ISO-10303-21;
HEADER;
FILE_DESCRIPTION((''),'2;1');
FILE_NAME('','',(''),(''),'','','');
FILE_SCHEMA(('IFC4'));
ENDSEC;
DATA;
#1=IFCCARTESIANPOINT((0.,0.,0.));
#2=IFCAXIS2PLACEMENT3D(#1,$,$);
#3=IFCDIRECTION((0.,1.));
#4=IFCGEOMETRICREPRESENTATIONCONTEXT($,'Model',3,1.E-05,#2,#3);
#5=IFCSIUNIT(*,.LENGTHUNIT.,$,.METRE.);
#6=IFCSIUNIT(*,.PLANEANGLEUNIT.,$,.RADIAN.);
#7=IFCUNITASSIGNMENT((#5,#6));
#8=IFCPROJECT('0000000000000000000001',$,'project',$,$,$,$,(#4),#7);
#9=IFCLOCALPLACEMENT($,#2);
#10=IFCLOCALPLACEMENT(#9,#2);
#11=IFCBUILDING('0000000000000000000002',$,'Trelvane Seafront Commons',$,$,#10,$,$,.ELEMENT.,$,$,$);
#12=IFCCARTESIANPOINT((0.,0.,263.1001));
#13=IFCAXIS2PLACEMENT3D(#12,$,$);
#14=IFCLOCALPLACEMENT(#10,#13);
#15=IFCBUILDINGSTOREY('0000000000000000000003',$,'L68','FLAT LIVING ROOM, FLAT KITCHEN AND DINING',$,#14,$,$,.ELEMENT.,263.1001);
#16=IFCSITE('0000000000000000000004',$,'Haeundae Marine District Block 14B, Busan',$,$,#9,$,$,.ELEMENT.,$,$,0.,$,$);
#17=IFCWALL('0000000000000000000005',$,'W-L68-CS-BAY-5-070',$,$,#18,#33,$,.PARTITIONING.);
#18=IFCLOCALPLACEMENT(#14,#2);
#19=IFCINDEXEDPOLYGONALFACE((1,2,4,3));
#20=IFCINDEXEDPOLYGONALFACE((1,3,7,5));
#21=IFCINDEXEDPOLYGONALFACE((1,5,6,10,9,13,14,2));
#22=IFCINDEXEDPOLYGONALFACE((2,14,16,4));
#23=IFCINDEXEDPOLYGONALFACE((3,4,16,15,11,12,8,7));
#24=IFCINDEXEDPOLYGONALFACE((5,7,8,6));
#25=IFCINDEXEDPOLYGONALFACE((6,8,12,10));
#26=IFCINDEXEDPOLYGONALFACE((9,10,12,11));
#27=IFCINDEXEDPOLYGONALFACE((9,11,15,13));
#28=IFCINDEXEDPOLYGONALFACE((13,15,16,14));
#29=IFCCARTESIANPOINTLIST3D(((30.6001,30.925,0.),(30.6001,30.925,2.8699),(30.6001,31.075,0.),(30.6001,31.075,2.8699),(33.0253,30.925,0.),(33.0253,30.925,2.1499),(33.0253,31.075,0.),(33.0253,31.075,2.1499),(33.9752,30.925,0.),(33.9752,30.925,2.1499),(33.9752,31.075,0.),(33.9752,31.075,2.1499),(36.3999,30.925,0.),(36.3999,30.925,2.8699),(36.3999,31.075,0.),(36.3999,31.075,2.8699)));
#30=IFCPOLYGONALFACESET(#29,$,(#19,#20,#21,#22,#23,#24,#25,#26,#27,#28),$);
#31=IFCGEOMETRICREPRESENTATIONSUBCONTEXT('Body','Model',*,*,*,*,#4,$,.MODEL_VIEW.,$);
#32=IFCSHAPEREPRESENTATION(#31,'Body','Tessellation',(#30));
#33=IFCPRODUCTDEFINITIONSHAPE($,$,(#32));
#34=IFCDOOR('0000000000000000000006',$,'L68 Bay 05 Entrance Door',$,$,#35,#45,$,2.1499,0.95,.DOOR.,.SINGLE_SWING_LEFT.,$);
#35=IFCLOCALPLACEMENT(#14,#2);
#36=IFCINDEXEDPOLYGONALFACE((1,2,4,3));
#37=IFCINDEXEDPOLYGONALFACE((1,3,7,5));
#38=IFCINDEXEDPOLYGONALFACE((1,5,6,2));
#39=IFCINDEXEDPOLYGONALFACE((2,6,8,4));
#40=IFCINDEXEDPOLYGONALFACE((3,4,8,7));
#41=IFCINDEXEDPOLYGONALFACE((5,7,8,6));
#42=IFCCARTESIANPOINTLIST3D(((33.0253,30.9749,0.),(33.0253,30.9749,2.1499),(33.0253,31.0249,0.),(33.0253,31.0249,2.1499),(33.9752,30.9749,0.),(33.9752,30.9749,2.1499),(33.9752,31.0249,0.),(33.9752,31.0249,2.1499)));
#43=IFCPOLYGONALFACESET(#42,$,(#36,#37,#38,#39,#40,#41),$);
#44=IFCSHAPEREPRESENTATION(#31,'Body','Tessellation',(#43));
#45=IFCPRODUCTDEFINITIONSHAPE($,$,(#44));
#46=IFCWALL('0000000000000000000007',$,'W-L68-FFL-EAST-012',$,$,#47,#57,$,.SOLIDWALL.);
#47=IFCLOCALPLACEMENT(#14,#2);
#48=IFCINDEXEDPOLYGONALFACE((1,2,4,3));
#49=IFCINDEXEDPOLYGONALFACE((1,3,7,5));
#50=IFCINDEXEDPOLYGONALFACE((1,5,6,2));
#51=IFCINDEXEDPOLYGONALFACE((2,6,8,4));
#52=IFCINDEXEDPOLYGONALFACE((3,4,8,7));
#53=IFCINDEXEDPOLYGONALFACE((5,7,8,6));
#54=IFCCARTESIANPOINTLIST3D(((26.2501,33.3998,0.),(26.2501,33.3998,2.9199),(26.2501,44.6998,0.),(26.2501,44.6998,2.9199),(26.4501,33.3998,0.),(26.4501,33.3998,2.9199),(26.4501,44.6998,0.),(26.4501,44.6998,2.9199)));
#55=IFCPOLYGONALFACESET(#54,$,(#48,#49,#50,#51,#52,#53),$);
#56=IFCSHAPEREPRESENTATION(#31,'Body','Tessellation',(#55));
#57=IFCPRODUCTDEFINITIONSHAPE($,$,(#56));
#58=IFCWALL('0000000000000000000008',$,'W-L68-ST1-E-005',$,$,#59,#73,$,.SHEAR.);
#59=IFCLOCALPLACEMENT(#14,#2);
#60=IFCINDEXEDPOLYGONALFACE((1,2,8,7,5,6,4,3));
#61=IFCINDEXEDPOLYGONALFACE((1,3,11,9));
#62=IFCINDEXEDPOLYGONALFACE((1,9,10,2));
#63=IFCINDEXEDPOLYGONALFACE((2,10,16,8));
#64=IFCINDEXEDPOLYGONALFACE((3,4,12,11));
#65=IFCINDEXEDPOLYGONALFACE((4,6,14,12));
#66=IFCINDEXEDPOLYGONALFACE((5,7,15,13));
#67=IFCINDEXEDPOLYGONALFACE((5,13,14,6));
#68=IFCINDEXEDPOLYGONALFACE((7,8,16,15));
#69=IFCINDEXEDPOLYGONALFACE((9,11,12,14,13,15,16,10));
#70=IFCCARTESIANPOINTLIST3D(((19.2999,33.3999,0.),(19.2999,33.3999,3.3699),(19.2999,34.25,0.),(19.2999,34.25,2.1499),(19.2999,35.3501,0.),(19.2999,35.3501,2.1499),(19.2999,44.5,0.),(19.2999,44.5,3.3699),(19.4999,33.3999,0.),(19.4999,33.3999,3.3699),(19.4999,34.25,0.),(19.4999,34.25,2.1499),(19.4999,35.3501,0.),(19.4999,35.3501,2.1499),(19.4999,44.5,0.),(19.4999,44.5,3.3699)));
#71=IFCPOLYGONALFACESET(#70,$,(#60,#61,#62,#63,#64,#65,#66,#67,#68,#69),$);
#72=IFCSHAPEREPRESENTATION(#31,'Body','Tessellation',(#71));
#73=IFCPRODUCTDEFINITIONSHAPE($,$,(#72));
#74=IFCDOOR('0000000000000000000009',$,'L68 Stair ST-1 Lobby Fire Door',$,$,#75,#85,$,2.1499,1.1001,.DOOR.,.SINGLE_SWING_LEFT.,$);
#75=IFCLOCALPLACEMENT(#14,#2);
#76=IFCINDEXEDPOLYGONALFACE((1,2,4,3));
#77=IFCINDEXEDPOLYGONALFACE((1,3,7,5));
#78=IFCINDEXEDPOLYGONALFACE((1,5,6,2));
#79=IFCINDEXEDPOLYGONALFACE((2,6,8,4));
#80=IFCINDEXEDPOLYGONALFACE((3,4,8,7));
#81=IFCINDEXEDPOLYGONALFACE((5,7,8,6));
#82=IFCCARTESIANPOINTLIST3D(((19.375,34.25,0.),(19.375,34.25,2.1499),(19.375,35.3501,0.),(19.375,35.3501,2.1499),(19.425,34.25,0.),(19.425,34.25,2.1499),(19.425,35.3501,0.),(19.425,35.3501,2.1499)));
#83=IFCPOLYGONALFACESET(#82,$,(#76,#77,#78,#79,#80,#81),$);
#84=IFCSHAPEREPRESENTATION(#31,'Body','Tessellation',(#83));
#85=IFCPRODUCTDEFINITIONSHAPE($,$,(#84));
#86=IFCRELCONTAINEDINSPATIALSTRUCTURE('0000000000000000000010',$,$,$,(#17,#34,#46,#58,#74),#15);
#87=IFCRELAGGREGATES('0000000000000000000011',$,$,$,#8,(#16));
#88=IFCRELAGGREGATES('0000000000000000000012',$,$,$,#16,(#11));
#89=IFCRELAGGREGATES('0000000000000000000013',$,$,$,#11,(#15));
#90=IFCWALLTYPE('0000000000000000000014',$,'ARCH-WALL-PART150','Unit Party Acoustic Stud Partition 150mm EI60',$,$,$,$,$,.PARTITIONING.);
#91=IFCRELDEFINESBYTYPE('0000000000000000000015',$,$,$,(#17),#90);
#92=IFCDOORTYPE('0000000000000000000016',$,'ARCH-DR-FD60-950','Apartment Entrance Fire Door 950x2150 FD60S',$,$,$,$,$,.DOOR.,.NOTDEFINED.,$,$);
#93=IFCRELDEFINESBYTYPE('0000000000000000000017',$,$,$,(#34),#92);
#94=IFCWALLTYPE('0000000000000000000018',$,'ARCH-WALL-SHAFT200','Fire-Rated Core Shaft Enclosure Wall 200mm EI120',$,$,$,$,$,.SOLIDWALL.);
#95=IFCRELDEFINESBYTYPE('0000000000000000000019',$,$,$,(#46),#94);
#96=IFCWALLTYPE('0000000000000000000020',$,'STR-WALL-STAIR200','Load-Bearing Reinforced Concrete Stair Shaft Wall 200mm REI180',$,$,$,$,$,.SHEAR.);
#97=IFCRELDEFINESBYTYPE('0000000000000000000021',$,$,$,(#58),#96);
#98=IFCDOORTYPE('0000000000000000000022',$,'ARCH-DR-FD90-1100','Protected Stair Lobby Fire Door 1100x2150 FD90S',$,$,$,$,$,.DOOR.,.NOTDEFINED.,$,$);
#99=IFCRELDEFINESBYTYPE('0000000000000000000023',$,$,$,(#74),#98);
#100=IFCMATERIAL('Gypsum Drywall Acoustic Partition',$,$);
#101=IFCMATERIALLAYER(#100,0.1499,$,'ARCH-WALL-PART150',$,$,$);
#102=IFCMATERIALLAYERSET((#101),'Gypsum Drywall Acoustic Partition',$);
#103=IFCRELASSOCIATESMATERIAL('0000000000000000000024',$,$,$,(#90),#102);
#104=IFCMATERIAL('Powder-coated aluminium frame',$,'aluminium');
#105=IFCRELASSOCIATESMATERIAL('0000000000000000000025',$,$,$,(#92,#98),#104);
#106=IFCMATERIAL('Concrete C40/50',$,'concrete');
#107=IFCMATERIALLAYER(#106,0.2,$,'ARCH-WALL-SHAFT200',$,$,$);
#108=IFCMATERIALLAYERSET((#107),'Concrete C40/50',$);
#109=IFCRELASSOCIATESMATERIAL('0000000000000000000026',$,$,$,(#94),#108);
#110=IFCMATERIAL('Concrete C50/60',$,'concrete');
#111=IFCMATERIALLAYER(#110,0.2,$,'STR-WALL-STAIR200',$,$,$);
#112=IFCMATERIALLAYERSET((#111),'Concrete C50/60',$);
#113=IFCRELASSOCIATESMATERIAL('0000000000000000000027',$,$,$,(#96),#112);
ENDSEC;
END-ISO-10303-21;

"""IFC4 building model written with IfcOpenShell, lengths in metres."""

from ifc_helpers import new_model, si_unit, direction, frame, frame_2d, origin, place, context, subcontext, project, spatial, rectangle, extrude, source, transform, mapped, material, layer, layer_set, type_object, element, fill, save


model = new_model("IFC4")

# Units and contexts
model_context = context("Model", 3, precision=1e-05, world=origin(), true_north=direction((0.0, 1.0)))
body_context = subcontext(model_context, "Body", "Model", "MODEL_VIEW")
ifc_project = project(units=[si_unit("LENGTHUNIT", "METRE"), si_unit("PLANEANGLEUNIT", "RADIAN")], contexts=[model_context])

# Site, building, storey
site_placement = place(None, origin())
site = spatial("IfcSite", under=ifc_project, at=site_placement, Name="Haeundae Marine District Block 14B, Busan", CompositionType="ELEMENT", RefElevation=0.0)
building_placement = place(site_placement, origin())
building = spatial("IfcBuilding", under=site, at=building_placement, Name="Trelvane Seafront Commons", CompositionType="ELEMENT")
storey_placement = place(building_placement, frame((0.0, 0.0, 263.1001)))
storey = spatial("IfcBuildingStorey", under=building, at=storey_placement, Name="L68", Description="FLAT LIVING ROOM, FLAT KITCHEN AND DINING", CompositionType="ELEMENT", Elevation=263.1001)

# Shared definitions
ifc_material_1 = material(Name="Concrete C50/60", Category="concrete")

# Shared definitions
ifc_material_2 = material(Name="Concrete C40/50", Category="concrete")
ifc_material_3 = material(Name="Powder-coated aluminium frame", Category="aluminium")
shared_shape_1 = source(origin(), body_context, "Body", "SweptSolid", [
    extrude(rectangle(XDim=0.95, YDim=2.1499, at=frame_2d((0.4751, 1.075))), frame((0.0, 0.0249, 0.0), z_axis=(0.0, -1.0, 0.0), x_axis=(1.0, 0.0, 0.0)), (0.0, 0.0, 1.0), 0.05),
])
ifc_material_4 = material(Name="Gypsum Drywall Acoustic Partition")

# Wall, opening, door
ifc_layer_1 = layer(ifc_material_4, 0.1499, Name="ARCH-WALL-PART150")
ifc_layer_set_1 = layer_set([ifc_layer_1], Name="Gypsum Drywall Acoustic Partition")
wall_type_1 = type_object("IfcWallType", Name="ARCH-WALL-PART150", Description="Unit Party Acoustic Stud Partition 150mm EI60", PredefinedType="PARTITIONING", material=ifc_layer_set_1)
door_type_1 = type_object("IfcDoorType", Name="ARCH-DR-FD60-950", Description="Apartment Entrance Fire Door 950x2150 FD60S", OperationType="NOTDEFINED", PredefinedType="DOOR", material=ifc_material_3)
wall_1_placement = place(storey_placement, frame((30.6001, 31.0, 0.0), z_axis=(0.0, 0.0, 1.0), x_axis=(1.0, 0.0, 0.0)))
wall_1 = element("IfcWall", 1, at=wall_1_placement, inside=storey, type_object=wall_type_1, Name="W-L68-CS-BAY-5-070", PredefinedType="PARTITIONING", context=body_context, shape_type="SweptSolid", body=[
    extrude(rectangle(XDim=5.7998, YDim=0.1499, at=frame_2d((2.8999, 0.0))), origin(), (0.0, 0.0, 1.0), 2.8699),
])
opening_1_placement = place(wall_1_placement, frame((2.425, 0.0, 0.0)))
opening_1 = element("IfcOpeningElement", 2, at=opening_1_placement, cuts=wall_1, PredefinedType="OPENING", context=body_context, shape_type="SweptSolid", body=[
    extrude(rectangle(XDim=0.95, YDim=2.1499, at=frame_2d((0.4751, 1.075))), frame((0.0, 0.085, 0.0), z_axis=(0.0, -1.0, 0.0), x_axis=(1.0, 0.0, 0.0)), (0.0, 0.0, 1.0), 0.1699),
])
door_1_placement = place(opening_1_placement, origin())
door_1 = element("IfcDoor", 3, at=door_1_placement, inside=storey, type_object=door_type_1, Name="L68 Bay 05 Entrance Door", OperationType="SINGLE_SWING_LEFT", OverallHeight=2.1499, OverallWidth=0.95, PredefinedType="DOOR", context=body_context, shape_type="MappedRepresentation", body=[
    mapped(shared_shape_1, transform((0.0, 0.0, 0.0), x_axis=(1.0, 0.0, 0.0), y_axis=(0.0, 1.0, 0.0), z_axis=(0.0, 0.0, 1.0), scale=1.0)),
])
fill(opening_1, door_1)

# Wall
ifc_layer_2 = layer(ifc_material_2, 0.2, Name="ARCH-WALL-SHAFT200")
ifc_layer_set_2 = layer_set([ifc_layer_2], Name="Concrete C40/50")
wall_type_2 = type_object("IfcWallType", Name="ARCH-WALL-SHAFT200", Description="Fire-Rated Core Shaft Enclosure Wall 200mm EI120", PredefinedType="SOLIDWALL", material=ifc_layer_set_2)
wall_2_placement = place(storey_placement, frame((26.3501, 33.3999, 0.0), z_axis=(0.0, 0.0, 1.0), x_axis=(0.0, 1.0, 0.0)))
element("IfcWall", 4, at=wall_2_placement, inside=storey, type_object=wall_type_2, Name="W-L68-FFL-EAST-012", PredefinedType="SOLIDWALL", context=body_context, shape_type="SweptSolid", body=[
    extrude(rectangle(XDim=11.3, YDim=0.2, at=frame_2d((5.6499, 0.0))), origin(), (0.0, 0.0, 1.0), 2.9199),
])

# Wall, opening, door
ifc_layer_3 = layer(ifc_material_1, 0.2, Name="STR-WALL-STAIR200")
ifc_layer_set_3 = layer_set([ifc_layer_3], Name="Concrete C50/60")
wall_type_3 = type_object("IfcWallType", Name="STR-WALL-STAIR200", Description="Load-Bearing Reinforced Concrete Stair Shaft Wall 200mm REI180", PredefinedType="SHEAR", material=ifc_layer_set_3)
wall_3_placement = place(storey_placement, frame((19.3999, 33.3999, 0.0), z_axis=(0.0, 0.0, 1.0), x_axis=(0.0, 1.0, 0.0)))
wall_3 = element("IfcWall", 5, at=wall_3_placement, inside=storey, type_object=wall_type_3, Name="W-L68-ST1-E-005", PredefinedType="SHEAR", context=body_context, shape_type="SweptSolid", body=[
    extrude(rectangle(XDim=11.1001, YDim=0.2, at=frame_2d((5.55, 0.0))), origin(), (0.0, 0.0, 1.0), 3.3699),
])
opening_2_placement = place(wall_3_placement, frame((0.8501, 0.0, 0.0)))
opening_2 = element("IfcOpeningElement", 6, at=opening_2_placement, cuts=wall_3, PredefinedType="OPENING", context=body_context, shape_type="SweptSolid", body=[
    extrude(rectangle(XDim=1.1001, YDim=2.1499, at=frame_2d((0.55, 1.075))), frame((0.0, 0.1099, 0.0), z_axis=(0.0, -1.0, 0.0), x_axis=(1.0, 0.0, 0.0)), (0.0, 0.0, 1.0), 0.22),
])
door_type_2 = type_object("IfcDoorType", Name="ARCH-DR-FD90-1100", Description="Protected Stair Lobby Fire Door 1100x2150 FD90S", OperationType="NOTDEFINED", PredefinedType="DOOR", material=ifc_material_3)
shared_shape_2 = source(origin(), body_context, "Body", "SweptSolid", [
    extrude(rectangle(XDim=1.1001, YDim=2.1499, at=frame_2d((0.55, 1.075))), frame((0.0, 0.0249, 0.0), z_axis=(0.0, -1.0, 0.0), x_axis=(1.0, 0.0, 0.0)), (0.0, 0.0, 1.0), 0.05),
])
door_2_placement = place(opening_2_placement, origin())
door_2 = element("IfcDoor", 7, at=door_2_placement, inside=storey, type_object=door_type_2, Name="L68 Stair ST-1 Lobby Fire Door", OperationType="SINGLE_SWING_LEFT", OverallHeight=2.1499, OverallWidth=1.1001, PredefinedType="DOOR", context=body_context, shape_type="MappedRepresentation", body=[
    mapped(shared_shape_2, transform((0.0, 0.0, 0.0), x_axis=(1.0, 0.0, 0.0), y_axis=(0.0, 1.0, 0.0), z_axis=(0.0, 0.0, 1.0), scale=1.0)),
])
fill(opening_2, door_2)

save(model, "model.ifc")
